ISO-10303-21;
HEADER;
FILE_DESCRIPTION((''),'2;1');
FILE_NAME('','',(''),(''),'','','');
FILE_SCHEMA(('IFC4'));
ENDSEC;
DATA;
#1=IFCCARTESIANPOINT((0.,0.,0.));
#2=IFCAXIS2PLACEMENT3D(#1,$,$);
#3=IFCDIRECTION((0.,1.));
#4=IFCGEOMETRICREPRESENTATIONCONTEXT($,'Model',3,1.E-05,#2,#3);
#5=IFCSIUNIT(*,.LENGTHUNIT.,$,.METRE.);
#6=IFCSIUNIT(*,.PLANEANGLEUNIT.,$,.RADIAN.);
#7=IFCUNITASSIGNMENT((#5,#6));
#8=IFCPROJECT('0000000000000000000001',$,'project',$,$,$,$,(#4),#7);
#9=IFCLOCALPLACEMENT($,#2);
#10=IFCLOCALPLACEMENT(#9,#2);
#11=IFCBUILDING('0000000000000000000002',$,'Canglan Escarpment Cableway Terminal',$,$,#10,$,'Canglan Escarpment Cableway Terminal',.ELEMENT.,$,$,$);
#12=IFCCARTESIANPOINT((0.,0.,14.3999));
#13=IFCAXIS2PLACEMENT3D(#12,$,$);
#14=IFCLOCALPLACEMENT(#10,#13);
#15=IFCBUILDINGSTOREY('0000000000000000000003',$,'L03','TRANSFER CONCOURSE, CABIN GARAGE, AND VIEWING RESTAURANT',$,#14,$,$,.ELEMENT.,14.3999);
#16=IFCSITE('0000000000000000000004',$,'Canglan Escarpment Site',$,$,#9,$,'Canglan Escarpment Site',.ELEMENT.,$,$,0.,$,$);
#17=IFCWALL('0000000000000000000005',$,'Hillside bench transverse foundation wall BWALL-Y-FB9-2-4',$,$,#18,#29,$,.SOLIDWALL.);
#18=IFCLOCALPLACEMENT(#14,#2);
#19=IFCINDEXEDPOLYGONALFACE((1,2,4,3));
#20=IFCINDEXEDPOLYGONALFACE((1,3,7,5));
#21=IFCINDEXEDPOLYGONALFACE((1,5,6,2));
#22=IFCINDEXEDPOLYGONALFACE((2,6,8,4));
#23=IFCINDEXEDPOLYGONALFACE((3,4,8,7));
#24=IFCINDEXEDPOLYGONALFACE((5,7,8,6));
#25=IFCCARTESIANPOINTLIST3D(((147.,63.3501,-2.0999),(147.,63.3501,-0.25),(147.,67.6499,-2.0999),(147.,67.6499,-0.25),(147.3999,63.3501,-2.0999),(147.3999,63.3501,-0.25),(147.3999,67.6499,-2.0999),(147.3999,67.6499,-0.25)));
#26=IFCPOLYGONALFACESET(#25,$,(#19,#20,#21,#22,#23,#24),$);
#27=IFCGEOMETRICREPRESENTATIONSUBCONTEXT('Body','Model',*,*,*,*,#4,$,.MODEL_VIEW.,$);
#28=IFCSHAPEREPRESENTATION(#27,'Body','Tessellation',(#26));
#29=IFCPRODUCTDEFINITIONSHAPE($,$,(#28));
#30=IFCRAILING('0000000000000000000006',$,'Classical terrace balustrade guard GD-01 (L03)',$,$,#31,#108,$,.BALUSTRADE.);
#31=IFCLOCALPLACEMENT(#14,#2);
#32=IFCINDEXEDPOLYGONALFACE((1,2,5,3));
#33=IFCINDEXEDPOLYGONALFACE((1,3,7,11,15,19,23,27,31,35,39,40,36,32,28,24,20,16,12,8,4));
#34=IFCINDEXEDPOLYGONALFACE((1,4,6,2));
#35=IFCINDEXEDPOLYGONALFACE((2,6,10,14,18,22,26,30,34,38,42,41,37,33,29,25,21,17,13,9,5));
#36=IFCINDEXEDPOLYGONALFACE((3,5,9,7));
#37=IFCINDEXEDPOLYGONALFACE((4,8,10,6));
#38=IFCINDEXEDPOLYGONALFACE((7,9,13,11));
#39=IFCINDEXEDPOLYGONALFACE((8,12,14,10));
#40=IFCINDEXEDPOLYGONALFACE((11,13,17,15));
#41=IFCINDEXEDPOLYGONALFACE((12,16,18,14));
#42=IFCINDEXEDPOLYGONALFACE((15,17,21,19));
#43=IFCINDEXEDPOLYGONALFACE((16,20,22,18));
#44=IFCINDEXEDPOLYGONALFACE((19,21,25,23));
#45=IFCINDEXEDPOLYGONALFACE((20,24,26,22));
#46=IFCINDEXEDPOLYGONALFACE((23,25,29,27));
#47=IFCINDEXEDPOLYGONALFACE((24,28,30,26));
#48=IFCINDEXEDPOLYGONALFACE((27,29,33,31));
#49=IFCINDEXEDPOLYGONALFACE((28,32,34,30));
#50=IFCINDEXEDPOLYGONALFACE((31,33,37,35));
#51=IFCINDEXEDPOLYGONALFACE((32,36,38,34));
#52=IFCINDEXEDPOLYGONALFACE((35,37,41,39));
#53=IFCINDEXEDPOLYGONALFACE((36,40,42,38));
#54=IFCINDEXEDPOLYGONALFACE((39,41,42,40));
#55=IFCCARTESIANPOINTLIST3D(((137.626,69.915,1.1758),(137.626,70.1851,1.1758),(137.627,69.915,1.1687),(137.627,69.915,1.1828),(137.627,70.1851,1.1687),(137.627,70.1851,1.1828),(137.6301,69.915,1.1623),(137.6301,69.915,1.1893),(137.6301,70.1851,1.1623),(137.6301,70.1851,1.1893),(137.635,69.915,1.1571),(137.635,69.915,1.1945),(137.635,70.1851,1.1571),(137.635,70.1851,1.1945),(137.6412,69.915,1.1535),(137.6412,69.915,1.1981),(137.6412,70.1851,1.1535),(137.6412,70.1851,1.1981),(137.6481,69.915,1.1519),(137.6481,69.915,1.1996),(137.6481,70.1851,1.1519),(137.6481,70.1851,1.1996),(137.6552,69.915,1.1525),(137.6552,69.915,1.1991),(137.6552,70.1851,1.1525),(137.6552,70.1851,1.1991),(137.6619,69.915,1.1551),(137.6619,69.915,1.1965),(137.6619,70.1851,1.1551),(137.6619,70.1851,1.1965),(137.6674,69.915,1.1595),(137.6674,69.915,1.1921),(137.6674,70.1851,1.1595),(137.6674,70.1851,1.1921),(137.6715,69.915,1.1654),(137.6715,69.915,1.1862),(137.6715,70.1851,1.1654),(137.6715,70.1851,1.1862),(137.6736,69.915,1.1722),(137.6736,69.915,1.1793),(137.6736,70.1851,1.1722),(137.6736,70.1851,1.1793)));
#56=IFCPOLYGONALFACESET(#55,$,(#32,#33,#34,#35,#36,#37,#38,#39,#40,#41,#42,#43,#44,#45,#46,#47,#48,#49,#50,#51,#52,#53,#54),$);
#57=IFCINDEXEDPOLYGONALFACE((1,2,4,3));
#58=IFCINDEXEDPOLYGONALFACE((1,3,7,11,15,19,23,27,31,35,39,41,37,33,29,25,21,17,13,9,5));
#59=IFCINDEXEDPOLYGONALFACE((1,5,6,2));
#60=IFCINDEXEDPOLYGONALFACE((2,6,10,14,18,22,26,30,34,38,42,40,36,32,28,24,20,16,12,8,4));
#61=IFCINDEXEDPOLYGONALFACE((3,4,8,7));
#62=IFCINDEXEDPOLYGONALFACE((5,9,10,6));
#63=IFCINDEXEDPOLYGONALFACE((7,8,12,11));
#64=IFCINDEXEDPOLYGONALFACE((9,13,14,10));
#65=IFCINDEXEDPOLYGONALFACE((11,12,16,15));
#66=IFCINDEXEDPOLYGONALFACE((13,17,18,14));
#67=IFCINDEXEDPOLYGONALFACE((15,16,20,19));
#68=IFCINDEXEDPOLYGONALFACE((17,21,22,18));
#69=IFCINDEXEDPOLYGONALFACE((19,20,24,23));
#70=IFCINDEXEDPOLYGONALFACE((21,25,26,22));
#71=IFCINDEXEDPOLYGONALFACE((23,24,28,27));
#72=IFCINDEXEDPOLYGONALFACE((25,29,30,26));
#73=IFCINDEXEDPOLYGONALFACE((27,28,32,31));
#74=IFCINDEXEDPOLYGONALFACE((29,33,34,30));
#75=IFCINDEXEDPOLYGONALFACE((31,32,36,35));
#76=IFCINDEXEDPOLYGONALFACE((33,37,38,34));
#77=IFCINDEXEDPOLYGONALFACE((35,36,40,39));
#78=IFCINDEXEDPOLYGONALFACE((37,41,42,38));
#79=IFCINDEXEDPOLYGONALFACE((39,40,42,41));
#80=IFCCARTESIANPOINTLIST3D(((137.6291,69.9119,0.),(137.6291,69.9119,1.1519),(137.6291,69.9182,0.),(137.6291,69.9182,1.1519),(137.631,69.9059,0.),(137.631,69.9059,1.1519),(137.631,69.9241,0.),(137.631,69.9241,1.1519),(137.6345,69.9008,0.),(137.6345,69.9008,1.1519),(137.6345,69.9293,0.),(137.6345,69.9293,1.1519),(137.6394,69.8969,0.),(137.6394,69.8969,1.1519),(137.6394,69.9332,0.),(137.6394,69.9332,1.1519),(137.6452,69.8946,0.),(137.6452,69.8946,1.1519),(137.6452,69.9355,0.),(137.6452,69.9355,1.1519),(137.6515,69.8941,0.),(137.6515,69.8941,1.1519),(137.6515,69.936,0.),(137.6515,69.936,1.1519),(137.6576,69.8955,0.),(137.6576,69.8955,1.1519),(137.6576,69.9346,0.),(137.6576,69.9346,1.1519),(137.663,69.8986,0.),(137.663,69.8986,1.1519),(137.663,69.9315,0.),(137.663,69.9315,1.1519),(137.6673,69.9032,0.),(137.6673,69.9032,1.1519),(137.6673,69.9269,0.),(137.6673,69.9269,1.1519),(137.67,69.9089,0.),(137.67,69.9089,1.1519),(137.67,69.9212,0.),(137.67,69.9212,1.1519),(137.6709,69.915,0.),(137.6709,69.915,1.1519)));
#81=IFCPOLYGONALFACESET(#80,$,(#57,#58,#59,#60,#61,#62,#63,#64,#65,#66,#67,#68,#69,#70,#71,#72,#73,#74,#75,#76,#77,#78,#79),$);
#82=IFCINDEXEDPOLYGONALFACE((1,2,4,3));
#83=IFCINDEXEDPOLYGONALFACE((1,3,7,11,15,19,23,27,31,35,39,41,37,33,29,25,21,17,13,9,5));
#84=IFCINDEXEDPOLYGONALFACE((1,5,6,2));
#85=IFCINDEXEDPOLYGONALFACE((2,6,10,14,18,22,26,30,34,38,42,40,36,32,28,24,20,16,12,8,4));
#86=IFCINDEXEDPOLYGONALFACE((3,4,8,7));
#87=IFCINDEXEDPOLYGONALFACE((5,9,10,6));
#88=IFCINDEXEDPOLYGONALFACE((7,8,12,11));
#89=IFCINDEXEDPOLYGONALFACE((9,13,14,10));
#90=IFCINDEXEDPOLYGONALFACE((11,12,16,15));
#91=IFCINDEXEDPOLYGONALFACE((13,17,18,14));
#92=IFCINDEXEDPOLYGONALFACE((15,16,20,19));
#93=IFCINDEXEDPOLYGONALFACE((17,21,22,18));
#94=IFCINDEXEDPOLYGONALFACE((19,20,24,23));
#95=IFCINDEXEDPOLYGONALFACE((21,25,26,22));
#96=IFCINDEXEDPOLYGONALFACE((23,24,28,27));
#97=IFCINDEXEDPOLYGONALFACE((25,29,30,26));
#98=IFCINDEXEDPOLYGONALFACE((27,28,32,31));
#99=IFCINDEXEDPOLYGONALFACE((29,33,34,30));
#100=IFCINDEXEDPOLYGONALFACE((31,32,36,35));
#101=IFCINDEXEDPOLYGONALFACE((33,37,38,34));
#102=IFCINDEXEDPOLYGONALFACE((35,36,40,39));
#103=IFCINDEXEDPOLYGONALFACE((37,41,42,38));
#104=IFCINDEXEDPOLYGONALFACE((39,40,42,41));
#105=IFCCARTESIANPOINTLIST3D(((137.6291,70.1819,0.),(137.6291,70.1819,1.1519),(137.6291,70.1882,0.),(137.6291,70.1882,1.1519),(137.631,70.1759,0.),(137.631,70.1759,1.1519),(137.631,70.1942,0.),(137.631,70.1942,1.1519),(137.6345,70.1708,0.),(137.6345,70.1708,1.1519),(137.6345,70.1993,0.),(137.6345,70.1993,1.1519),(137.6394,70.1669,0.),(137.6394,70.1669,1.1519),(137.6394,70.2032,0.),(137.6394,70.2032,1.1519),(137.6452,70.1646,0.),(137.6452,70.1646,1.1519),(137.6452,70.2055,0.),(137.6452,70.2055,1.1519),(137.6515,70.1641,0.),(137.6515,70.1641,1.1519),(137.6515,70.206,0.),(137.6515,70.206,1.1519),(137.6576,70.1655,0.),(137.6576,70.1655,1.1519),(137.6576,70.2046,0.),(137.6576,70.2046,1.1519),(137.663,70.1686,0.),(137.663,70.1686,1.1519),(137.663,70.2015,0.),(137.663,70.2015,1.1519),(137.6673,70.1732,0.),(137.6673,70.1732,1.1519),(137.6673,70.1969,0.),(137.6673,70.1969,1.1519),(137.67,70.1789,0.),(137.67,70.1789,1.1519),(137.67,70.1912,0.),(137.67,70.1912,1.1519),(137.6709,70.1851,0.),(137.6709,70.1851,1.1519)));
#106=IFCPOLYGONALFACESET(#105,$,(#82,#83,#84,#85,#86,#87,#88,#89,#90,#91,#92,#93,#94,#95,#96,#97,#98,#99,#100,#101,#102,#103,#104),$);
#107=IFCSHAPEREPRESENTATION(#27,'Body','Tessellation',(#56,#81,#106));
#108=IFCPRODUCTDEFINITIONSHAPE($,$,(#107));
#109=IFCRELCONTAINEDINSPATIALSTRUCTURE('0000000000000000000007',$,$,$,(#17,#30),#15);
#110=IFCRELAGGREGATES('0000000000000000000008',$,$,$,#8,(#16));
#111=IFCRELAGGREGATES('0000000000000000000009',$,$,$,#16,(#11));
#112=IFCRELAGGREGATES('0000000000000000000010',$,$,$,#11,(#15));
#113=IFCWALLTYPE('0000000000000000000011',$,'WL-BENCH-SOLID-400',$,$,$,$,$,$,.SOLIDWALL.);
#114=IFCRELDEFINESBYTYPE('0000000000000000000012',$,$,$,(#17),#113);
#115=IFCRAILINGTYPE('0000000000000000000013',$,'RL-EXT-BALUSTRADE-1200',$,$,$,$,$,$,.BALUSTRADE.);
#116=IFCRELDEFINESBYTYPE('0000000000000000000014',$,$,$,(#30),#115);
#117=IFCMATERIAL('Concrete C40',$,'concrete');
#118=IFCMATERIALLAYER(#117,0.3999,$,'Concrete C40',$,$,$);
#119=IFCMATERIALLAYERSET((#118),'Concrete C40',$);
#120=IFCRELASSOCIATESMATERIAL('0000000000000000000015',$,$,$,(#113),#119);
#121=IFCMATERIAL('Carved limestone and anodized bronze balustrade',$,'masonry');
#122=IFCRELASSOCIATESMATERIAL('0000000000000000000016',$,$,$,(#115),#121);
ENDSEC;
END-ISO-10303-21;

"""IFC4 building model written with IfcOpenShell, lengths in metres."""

from ifc_helpers import new_model, si_unit, direction, frame, frame_2d, origin, origin_2d, place, context, subcontext, project, spatial, rectangle, circle, extrude, material, layer, layer_set, type_object, element, save


model = new_model("IFC4")

# Units and contexts
model_context = context("Model", 3, precision=1e-05, world=origin(), true_north=direction((0.0, 1.0)))
body_context = subcontext(model_context, "Body", "Model", "MODEL_VIEW")
ifc_project = project(units=[si_unit("LENGTHUNIT", "METRE"), si_unit("PLANEANGLEUNIT", "RADIAN")], contexts=[model_context])

# Site, building, storey
site_placement = place(None, origin())
site = spatial("IfcSite", under=ifc_project, at=site_placement, Name="Canglan Escarpment Site", LongName="Canglan Escarpment Site", CompositionType="ELEMENT", RefElevation=0.0)
building_placement = place(site_placement, origin())
building = spatial("IfcBuilding", under=site, at=building_placement, Name="Canglan Escarpment Cableway Terminal", LongName="Canglan Escarpment Cableway Terminal", CompositionType="ELEMENT")
storey_placement = place(building_placement, frame((0.0, 0.0, 14.3999)))
storey = spatial("IfcBuildingStorey", under=building, at=storey_placement, Name="L03", Description="TRANSFER CONCOURSE, CABIN GARAGE, AND VIEWING RESTAURANT", CompositionType="ELEMENT", Elevation=14.3999)

# Shared definitions
ifc_material_1 = material(Name="Concrete C40", Category="concrete")

# Wall
ifc_layer_1 = layer(ifc_material_1, 0.3999, Name="Concrete C40")
ifc_layer_set_1 = layer_set([ifc_layer_1], Name="Concrete C40")
wall_type = type_object("IfcWallType", Name="WL-BENCH-SOLID-400", PredefinedType="SOLIDWALL", material=ifc_layer_set_1)
wall_1_placement = place(storey_placement, frame((147.2, 63.3501, -2.0999), z_axis=(0.0, 0.0, 1.0), x_axis=(0.0, 1.0, 0.0)))
element("IfcWall", 1, at=wall_1_placement, inside=storey, type_object=wall_type, Name="Hillside bench transverse foundation wall BWALL-Y-FB9-2-4", PredefinedType="SOLIDWALL", context=body_context, shape_type="SweptSolid", body=[
    extrude(rectangle(XDim=4.2998, YDim=0.3999, at=frame_2d((2.1499, 0.0))), origin(), (0.0, 0.0, 1.0), 1.8499),
])

# Railing
ifc_material_2 = material(Name="Carved limestone and anodized bronze balustrade", Category="masonry")
railing_type = type_object("IfcRailingType", Name="RL-EXT-BALUSTRADE-1200", PredefinedType="BALUSTRADE", material=ifc_material_2)
railing_placement = place(storey_placement, frame((137.6499, 69.915, 0.0)))
element("IfcRailing", 2, at=railing_placement, inside=storey, type_object=railing_type, Name="Classical terrace balustrade guard GD-01 (L03)", PredefinedType="BALUSTRADE", context=body_context, shape_type="SweptSolid", body=[
    extrude(circle(Radius=0.0239, at=origin_2d()), frame((0.0, 0.0, 1.1758), z_axis=(0.0, 1.0, 0.0), x_axis=(-1.0, 0.0, 0.0)), (0.0, 0.0, 1.0), 0.27),
    extrude(circle(Radius=0.021, at=origin_2d()), origin(), (0.0, 0.0, 1.0), 1.1519),
    extrude(circle(Radius=0.021, at=origin_2d()), frame((0.0, 0.27, 0.0)), (0.0, 0.0, 1.0), 1.1519),
])

save(model, "model.ifc")
